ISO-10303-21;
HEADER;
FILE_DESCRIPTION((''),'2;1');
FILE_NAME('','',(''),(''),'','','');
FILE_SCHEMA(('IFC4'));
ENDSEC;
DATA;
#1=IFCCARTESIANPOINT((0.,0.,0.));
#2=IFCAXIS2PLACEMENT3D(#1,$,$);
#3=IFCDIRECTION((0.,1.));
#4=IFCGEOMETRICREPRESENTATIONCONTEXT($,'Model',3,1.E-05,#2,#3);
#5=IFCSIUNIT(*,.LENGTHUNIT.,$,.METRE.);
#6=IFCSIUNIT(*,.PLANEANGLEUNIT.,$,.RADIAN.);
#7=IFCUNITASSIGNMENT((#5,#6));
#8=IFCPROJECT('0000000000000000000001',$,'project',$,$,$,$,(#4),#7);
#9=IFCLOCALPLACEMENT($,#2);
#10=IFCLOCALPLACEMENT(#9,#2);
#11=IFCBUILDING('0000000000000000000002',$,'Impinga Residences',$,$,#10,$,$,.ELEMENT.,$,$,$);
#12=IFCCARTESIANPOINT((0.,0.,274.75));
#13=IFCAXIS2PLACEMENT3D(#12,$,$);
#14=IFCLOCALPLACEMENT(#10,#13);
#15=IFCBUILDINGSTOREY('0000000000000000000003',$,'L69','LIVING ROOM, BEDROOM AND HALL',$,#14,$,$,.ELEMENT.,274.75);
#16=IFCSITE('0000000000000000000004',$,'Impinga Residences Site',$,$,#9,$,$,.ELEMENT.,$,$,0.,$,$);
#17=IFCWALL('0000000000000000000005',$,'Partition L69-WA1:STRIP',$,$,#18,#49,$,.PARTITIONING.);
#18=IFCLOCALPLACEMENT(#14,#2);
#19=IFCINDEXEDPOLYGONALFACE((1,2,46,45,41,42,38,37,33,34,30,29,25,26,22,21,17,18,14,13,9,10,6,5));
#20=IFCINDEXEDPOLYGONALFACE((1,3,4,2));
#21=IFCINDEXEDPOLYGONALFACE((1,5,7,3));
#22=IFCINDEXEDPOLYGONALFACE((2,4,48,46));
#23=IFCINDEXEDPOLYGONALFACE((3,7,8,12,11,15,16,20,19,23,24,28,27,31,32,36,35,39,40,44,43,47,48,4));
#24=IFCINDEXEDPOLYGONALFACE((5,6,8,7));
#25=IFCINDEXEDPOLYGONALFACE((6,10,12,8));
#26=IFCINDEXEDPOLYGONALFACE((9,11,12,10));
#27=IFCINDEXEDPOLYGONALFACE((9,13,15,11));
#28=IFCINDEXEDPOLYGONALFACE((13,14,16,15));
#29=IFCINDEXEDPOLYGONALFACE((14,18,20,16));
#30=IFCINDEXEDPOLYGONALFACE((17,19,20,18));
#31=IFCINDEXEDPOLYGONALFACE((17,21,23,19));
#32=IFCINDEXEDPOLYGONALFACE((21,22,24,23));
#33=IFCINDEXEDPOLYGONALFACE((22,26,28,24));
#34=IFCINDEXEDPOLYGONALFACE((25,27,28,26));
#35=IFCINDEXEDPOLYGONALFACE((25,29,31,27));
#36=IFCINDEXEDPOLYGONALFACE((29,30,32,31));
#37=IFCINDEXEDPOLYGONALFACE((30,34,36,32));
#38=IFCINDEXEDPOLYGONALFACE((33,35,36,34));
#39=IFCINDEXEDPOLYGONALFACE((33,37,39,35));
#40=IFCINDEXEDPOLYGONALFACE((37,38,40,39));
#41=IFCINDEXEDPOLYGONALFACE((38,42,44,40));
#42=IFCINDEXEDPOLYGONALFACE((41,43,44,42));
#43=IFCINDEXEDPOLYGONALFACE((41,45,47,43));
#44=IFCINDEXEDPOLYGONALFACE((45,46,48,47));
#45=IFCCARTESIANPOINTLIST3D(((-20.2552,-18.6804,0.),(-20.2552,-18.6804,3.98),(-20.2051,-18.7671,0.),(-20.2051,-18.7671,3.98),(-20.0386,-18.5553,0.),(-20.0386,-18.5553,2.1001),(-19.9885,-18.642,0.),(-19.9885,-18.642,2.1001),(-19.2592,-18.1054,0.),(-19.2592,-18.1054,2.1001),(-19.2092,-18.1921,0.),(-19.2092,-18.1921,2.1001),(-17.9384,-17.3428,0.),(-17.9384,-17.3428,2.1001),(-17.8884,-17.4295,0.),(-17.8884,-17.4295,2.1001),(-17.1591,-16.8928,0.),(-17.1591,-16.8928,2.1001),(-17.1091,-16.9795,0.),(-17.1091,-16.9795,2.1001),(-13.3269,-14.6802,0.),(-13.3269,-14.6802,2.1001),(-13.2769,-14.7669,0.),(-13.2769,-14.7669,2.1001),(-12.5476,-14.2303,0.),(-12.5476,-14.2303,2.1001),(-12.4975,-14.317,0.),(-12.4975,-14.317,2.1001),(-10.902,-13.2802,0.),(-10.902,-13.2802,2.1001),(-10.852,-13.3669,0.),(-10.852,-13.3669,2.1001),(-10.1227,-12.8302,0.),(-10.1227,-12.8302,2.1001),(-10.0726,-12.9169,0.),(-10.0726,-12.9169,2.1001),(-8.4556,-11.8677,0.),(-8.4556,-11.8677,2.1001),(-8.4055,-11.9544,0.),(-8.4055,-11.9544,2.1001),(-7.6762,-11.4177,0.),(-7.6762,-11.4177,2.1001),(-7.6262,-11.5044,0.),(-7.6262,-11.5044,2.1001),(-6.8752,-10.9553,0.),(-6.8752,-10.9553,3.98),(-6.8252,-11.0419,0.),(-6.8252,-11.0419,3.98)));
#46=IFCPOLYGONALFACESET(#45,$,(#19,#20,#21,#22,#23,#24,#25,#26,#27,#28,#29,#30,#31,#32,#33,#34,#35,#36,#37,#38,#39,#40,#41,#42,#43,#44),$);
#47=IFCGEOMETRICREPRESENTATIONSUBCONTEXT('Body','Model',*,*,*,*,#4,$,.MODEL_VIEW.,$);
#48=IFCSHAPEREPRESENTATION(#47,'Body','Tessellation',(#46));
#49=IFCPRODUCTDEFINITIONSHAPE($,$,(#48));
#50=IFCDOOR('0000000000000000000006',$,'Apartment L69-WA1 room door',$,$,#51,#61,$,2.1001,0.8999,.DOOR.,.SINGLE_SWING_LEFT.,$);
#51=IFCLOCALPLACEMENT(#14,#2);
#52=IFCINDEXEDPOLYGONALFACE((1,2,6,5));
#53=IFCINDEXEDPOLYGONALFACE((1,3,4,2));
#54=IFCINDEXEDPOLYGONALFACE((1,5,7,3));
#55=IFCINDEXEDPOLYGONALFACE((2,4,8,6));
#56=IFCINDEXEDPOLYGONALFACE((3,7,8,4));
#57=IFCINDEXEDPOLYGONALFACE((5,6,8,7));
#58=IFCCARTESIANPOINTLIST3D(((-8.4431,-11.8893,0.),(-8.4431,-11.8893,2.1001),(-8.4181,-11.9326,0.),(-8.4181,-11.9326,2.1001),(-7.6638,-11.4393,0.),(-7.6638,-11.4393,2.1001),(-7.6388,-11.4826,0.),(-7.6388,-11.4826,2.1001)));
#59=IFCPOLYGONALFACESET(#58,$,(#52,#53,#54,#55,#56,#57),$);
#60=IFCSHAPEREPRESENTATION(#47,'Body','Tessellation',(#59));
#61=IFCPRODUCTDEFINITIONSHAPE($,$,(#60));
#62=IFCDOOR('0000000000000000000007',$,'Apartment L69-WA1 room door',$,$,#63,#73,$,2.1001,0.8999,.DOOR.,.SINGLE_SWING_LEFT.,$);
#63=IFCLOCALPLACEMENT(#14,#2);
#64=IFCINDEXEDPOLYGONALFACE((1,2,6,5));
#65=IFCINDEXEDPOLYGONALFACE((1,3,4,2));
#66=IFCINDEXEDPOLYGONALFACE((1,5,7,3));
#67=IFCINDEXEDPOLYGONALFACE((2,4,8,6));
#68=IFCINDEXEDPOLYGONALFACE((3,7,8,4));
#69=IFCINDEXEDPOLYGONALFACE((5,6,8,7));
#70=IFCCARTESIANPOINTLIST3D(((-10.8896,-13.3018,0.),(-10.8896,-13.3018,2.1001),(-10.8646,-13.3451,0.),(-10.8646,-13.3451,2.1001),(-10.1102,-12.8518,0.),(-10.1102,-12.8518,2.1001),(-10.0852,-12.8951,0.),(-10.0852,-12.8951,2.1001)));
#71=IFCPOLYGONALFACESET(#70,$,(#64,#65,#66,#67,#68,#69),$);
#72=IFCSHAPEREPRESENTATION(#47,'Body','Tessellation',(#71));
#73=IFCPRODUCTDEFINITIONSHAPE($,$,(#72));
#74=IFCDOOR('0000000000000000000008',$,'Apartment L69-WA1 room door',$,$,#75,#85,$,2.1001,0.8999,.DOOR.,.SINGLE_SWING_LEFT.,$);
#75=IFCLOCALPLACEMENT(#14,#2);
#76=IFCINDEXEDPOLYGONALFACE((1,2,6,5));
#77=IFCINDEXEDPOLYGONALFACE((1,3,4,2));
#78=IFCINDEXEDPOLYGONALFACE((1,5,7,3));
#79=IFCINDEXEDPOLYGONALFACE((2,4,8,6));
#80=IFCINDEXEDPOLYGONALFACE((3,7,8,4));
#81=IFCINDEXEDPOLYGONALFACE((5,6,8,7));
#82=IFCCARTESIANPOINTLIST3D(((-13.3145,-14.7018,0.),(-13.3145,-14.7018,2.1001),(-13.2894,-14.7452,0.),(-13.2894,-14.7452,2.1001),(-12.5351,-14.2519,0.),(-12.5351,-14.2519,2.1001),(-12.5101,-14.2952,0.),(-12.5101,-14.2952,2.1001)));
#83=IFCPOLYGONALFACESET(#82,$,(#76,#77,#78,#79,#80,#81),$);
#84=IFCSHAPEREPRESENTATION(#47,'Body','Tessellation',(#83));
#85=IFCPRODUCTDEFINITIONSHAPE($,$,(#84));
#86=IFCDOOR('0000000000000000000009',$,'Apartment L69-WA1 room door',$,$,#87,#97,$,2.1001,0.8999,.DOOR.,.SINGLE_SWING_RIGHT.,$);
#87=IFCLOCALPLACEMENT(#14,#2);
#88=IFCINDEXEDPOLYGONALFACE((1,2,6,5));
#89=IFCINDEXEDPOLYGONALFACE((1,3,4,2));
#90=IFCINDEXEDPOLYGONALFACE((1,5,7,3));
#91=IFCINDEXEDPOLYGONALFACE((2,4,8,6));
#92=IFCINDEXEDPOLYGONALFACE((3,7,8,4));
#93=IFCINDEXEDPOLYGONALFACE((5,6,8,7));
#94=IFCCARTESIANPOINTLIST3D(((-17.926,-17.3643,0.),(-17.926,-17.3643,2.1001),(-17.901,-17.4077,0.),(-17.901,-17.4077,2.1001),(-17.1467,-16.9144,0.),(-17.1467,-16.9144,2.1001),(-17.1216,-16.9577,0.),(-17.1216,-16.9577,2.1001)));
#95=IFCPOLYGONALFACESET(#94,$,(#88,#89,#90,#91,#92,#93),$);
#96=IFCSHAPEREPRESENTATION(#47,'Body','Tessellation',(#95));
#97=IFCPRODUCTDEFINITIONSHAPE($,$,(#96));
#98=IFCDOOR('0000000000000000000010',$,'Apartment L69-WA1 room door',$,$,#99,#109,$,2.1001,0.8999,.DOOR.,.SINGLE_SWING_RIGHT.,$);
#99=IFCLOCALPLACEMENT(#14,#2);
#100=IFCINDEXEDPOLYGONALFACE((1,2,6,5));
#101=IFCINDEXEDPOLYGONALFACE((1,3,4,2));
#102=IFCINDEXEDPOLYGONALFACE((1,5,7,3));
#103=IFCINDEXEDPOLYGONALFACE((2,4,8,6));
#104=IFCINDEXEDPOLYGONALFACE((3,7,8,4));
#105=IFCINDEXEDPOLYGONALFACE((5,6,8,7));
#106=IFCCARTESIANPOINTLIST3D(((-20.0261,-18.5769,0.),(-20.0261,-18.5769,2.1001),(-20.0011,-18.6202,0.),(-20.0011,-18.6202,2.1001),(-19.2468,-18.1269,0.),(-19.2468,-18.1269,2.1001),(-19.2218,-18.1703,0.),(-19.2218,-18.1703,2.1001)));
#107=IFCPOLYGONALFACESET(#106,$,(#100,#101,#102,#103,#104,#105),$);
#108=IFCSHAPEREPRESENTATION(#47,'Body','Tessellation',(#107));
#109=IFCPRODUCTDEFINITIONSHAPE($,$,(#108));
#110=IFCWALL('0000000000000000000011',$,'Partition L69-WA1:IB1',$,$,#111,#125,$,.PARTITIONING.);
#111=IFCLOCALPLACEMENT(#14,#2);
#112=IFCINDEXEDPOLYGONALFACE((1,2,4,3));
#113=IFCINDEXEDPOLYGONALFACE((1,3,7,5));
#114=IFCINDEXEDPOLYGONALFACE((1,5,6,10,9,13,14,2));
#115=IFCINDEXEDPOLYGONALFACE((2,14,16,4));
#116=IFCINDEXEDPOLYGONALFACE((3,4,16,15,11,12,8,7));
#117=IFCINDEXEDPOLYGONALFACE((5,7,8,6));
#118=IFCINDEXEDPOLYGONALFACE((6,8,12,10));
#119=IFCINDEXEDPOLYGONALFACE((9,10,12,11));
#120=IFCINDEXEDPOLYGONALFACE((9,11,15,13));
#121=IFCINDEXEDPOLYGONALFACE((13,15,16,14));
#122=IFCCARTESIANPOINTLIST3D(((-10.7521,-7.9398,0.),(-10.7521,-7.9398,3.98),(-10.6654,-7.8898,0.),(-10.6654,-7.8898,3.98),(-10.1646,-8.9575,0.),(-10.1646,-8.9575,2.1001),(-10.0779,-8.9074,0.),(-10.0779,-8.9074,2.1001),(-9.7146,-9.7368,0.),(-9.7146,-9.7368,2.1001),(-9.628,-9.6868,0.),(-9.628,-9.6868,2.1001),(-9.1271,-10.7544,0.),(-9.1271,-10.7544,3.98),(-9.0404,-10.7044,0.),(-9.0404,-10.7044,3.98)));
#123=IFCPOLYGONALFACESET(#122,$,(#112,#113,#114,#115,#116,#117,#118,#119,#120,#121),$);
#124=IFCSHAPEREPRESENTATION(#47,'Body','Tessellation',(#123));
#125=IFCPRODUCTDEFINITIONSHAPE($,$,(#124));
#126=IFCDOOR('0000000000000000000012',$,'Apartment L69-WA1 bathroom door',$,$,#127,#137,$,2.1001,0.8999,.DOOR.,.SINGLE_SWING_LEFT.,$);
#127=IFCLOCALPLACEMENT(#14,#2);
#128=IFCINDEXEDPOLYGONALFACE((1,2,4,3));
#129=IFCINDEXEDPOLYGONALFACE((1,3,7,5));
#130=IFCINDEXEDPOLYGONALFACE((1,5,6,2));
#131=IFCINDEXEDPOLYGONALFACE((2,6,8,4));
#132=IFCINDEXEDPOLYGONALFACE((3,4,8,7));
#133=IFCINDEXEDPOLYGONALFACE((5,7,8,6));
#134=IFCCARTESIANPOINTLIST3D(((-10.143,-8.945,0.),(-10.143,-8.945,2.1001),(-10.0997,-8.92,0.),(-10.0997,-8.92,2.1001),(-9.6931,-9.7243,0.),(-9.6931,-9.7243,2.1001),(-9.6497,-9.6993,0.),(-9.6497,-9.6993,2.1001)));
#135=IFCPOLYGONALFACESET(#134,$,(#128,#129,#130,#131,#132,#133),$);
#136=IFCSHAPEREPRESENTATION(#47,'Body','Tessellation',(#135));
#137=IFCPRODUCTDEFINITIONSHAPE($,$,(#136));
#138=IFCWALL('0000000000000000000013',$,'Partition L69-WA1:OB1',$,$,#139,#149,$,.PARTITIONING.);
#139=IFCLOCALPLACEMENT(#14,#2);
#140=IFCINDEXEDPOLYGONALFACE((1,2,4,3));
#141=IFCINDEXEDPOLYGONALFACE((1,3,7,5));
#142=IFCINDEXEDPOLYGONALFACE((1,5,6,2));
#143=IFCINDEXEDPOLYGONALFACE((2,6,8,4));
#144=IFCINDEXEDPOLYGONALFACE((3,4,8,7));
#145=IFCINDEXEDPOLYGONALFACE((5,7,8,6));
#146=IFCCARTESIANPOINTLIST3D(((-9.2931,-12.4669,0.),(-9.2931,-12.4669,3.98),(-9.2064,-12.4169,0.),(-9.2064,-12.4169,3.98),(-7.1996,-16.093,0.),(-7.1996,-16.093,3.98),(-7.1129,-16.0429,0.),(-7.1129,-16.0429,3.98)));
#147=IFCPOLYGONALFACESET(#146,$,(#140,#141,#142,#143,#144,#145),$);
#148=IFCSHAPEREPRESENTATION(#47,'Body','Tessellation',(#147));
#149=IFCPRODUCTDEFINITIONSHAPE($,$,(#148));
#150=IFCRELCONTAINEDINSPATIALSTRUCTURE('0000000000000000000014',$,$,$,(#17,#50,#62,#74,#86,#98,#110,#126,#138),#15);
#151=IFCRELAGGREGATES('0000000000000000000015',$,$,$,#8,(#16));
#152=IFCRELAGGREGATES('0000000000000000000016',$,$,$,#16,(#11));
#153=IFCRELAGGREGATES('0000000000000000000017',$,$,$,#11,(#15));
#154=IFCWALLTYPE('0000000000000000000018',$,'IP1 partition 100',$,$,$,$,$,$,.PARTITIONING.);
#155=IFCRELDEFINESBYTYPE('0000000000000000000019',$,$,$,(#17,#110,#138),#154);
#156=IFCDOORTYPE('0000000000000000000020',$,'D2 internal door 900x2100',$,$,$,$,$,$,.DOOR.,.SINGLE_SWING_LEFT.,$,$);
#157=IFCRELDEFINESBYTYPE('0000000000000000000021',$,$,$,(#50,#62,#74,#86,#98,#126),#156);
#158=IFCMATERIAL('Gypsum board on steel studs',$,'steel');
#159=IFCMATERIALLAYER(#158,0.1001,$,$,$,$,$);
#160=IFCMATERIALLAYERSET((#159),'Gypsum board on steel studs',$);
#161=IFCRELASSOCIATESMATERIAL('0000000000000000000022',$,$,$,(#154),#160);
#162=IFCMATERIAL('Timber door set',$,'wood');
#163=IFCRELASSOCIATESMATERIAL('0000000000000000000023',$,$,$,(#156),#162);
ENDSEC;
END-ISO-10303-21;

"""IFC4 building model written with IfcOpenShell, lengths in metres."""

from ifc_helpers import new_model, si_unit, direction, frame, frame_2d, origin, place, context, subcontext, project, spatial, rectangle, extrude, material, layer, layer_set, type_object, element, fill, save


model = new_model("IFC4")

# Units and contexts
model_context = context("Model", 3, precision=1e-05, world=origin(), true_north=direction((0.0, 1.0)))
body_context = subcontext(model_context, "Body", "Model", "MODEL_VIEW")
ifc_project = project(units=[si_unit("LENGTHUNIT", "METRE"), si_unit("PLANEANGLEUNIT", "RADIAN")], contexts=[model_context])

# Site, building, storey
site_placement = place(None, origin())
site = spatial("IfcSite", under=ifc_project, at=site_placement, Name="Impinga Residences Site", CompositionType="ELEMENT", RefElevation=0.0)
building_placement = place(site_placement, origin())
building = spatial("IfcBuilding", under=site, at=building_placement, Name="Impinga Residences", CompositionType="ELEMENT")
storey_placement = place(building_placement, frame((0.0, 0.0, 274.75)))
storey = spatial("IfcBuildingStorey", under=building, at=storey_placement, Name="L69", Description="LIVING ROOM, BEDROOM AND HALL", CompositionType="ELEMENT", Elevation=274.75)

# Shared definitions
ifc_material_1 = material(Name="Timber door set", Category="wood")

# Shared definitions
ifc_material_2 = material(Name="Gypsum board on steel studs", Category="steel")
ifc_layer_1 = layer(ifc_material_2, 0.1001)
ifc_layer_set_1 = layer_set([ifc_layer_1], Name="Gypsum board on steel studs")
wall_type_1 = type_object("IfcWallType", Name="IP1 partition 100", PredefinedType="PARTITIONING", material=ifc_layer_set_1)

# Wall, openings, doors
wall_1_placement = place(storey_placement, frame((-6.8501, -10.9985, 0.0), z_axis=(0.0, 0.0, 1.0), x_axis=(-0.866019, -0.500011, 0.0)))
wall_1 = element("IfcWall", 1, at=wall_1_placement, inside=storey, type_object=wall_type_1, Name="Partition L69-WA1:STRIP", PredefinedType="PARTITIONING", context=body_context, shape_type="SweptSolid", body=[
    extrude(rectangle(XDim=15.45, YDim=0.1001, at=frame_2d((7.7251, 0.0))), origin(), (0.0, 0.0, 1.0), 3.98),
])
opening_1_placement = place(wall_1_placement, frame((0.925, 0.0, 0.0)))
opening_1 = element("IfcOpeningElement", 2, at=opening_1_placement, cuts=wall_1, PredefinedType="OPENING", context=body_context, shape_type="SweptSolid", body=[
    extrude(rectangle(XDim=0.8999, YDim=2.1001, at=frame_2d((0.45, 1.05))), frame((0.0, 0.0601, 0.0), z_axis=(0.0, -1.0, 0.0), x_axis=(1.0, 0.0, 0.0)), (0.0, 0.0, 1.0), 0.1201),
])
opening_2_placement = place(wall_1_placement, frame((3.75, 0.0, 0.0)))
opening_2 = element("IfcOpeningElement", 3, at=opening_2_placement, cuts=wall_1, PredefinedType="OPENING", context=body_context, shape_type="SweptSolid", body=[
    extrude(rectangle(XDim=0.8999, YDim=2.1001, at=frame_2d((0.45, 1.05))), frame((0.0, 0.0601, 0.0), z_axis=(0.0, -1.0, 0.0), x_axis=(1.0, 0.0, 0.0)), (0.0, 0.0, 1.0), 0.1201),
])
opening_3_placement = place(wall_1_placement, frame((6.55, 0.0, 0.0)))
opening_3 = element("IfcOpeningElement", 4, at=opening_3_placement, cuts=wall_1, PredefinedType="OPENING", context=body_context, shape_type="SweptSolid", body=[
    extrude(rectangle(XDim=0.8999, YDim=2.1001, at=frame_2d((0.45, 1.05))), frame((0.0, 0.0601, 0.0), z_axis=(0.0, -1.0, 0.0), x_axis=(1.0, 0.0, 0.0)), (0.0, 0.0, 1.0), 0.1201),
])
opening_4_placement = place(wall_1_placement, frame((11.875, 0.0, 0.0)))
opening_4 = element("IfcOpeningElement", 5, at=opening_4_placement, cuts=wall_1, PredefinedType="OPENING", context=body_context, shape_type="SweptSolid", body=[
    extrude(rectangle(XDim=0.8999, YDim=2.1001, at=frame_2d((0.45, 1.05))), frame((0.0, 0.0601, 0.0), z_axis=(0.0, -1.0, 0.0), x_axis=(1.0, 0.0, 0.0)), (0.0, 0.0, 1.0), 0.1201),
])
opening_5_placement = place(wall_1_placement, frame((14.3, 0.0, 0.0)))
opening_5 = element("IfcOpeningElement", 6, at=opening_5_placement, cuts=wall_1, PredefinedType="OPENING", context=body_context, shape_type="SweptSolid", body=[
    extrude(rectangle(XDim=0.8999, YDim=2.1001, at=frame_2d((0.45, 1.05))), frame((0.0, 0.0601, 0.0), z_axis=(0.0, -1.0, 0.0), x_axis=(1.0, 0.0, 0.0)), (0.0, 0.0, 1.0), 0.1201),
])
door_type_1 = type_object("IfcDoorType", Name="D2 internal door 900x2100", OperationType="SINGLE_SWING_LEFT", PredefinedType="DOOR", material=ifc_material_1)
door_1_placement = place(opening_1_placement, origin())
door_1 = element("IfcDoor", 7, at=door_1_placement, inside=storey, type_object=door_type_1, Name="Apartment L69-WA1 room door", OperationType="SINGLE_SWING_LEFT", OverallHeight=2.1001, OverallWidth=0.8999, PredefinedType="DOOR", context=body_context, shape_type="SweptSolid", body=[
    extrude(rectangle(XDim=0.8999, YDim=2.1001, at=frame_2d((0.45, 1.05))), frame((0.0, 0.0249, 0.0), z_axis=(0.0, -1.0, 0.0), x_axis=(1.0, 0.0, 0.0)), (0.0, 0.0, 1.0), 0.05),
])
fill(opening_1, door_1)
door_2_placement = place(opening_2_placement, origin())
door_2 = element("IfcDoor", 8, at=door_2_placement, inside=storey, type_object=door_type_1, Name="Apartment L69-WA1 room door", OperationType="SINGLE_SWING_LEFT", OverallHeight=2.1001, OverallWidth=0.8999, PredefinedType="DOOR", context=body_context, shape_type="SweptSolid", body=[
    extrude(rectangle(XDim=0.8999, YDim=2.1001, at=frame_2d((0.45, 1.05))), frame((0.0, 0.0249, 0.0), z_axis=(0.0, -1.0, 0.0), x_axis=(1.0, 0.0, 0.0)), (0.0, 0.0, 1.0), 0.05),
])
fill(opening_2, door_2)
door_3_placement = place(opening_3_placement, origin())
door_3 = element("IfcDoor", 9, at=door_3_placement, inside=storey, type_object=door_type_1, Name="Apartment L69-WA1 room door", OperationType="SINGLE_SWING_LEFT", OverallHeight=2.1001, OverallWidth=0.8999, PredefinedType="DOOR", context=body_context, shape_type="SweptSolid", body=[
    extrude(rectangle(XDim=0.8999, YDim=2.1001, at=frame_2d((0.45, 1.05))), frame((0.0, 0.0249, 0.0), z_axis=(0.0, -1.0, 0.0), x_axis=(1.0, 0.0, 0.0)), (0.0, 0.0, 1.0), 0.05),
])
fill(opening_3, door_3)
door_4_placement = place(opening_4_placement, origin())
door_4 = element("IfcDoor", 10, at=door_4_placement, inside=storey, type_object=door_type_1, Name="Apartment L69-WA1 room door", OperationType="SINGLE_SWING_RIGHT", OverallHeight=2.1001, OverallWidth=0.8999, PredefinedType="DOOR", context=body_context, shape_type="SweptSolid", body=[
    extrude(rectangle(XDim=0.8999, YDim=2.1001, at=frame_2d((0.45, 1.05))), frame((0.0, 0.0249, 0.0), z_axis=(0.0, -1.0, 0.0), x_axis=(1.0, 0.0, 0.0)), (0.0, 0.0, 1.0), 0.05),
])
fill(opening_4, door_4)
door_5_placement = place(opening_5_placement, origin())
door_5 = element("IfcDoor", 11, at=door_5_placement, inside=storey, type_object=door_type_1, Name="Apartment L69-WA1 room door", OperationType="SINGLE_SWING_RIGHT", OverallHeight=2.1001, OverallWidth=0.8999, PredefinedType="DOOR", context=body_context, shape_type="SweptSolid", body=[
    extrude(rectangle(XDim=0.8999, YDim=2.1001, at=frame_2d((0.45, 1.05))), frame((0.0, 0.0249, 0.0), z_axis=(0.0, -1.0, 0.0), x_axis=(1.0, 0.0, 0.0)), (0.0, 0.0, 1.0), 0.05),
])
fill(opening_5, door_5)

# Wall, opening, door
wall_2_placement = place(storey_placement, frame((-10.7087, -7.9148, 0.0), z_axis=(0.0, 0.0, 1.0), x_axis=(0.499985, -0.866034, 0.0)))
wall_2 = element("IfcWall", 12, at=wall_2_placement, inside=storey, type_object=wall_type_1, Name="Partition L69-WA1:IB1", PredefinedType="PARTITIONING", context=body_context, shape_type="SweptSolid", body=[
    extrude(rectangle(XDim=3.25, YDim=0.1001, at=frame_2d((1.625, 0.0))), origin(), (0.0, 0.0, 1.0), 3.98),
])
opening_6_placement = place(wall_2_placement, frame((1.175, 0.0, 0.0)))
opening_6 = element("IfcOpeningElement", 13, at=opening_6_placement, cuts=wall_2, PredefinedType="OPENING", context=body_context, shape_type="SweptSolid", body=[
    extrude(rectangle(XDim=0.8999, YDim=2.1001, at=frame_2d((0.45, 1.05))), frame((0.0, 0.0601, 0.0), z_axis=(0.0, -1.0, 0.0), x_axis=(1.0, 0.0, 0.0)), (0.0, 0.0, 1.0), 0.1201),
])
door_6_placement = place(opening_6_placement, origin())
door_6 = element("IfcDoor", 14, at=door_6_placement, inside=storey, type_object=door_type_1, Name="Apartment L69-WA1 bathroom door", OperationType="SINGLE_SWING_LEFT", OverallHeight=2.1001, OverallWidth=0.8999, PredefinedType="DOOR", context=body_context, shape_type="SweptSolid", body=[
    extrude(rectangle(XDim=0.8999, YDim=2.1001, at=frame_2d((0.45, 1.05))), frame((0.0, 0.0249, 0.0), z_axis=(0.0, -1.0, 0.0), x_axis=(1.0, 0.0, 0.0)), (0.0, 0.0, 1.0), 0.05),
])
fill(opening_6, door_6)

# Wall
wall_3_placement = place(storey_placement, frame((-9.2498, -12.4419, 0.0), z_axis=(0.0, 0.0, 1.0), x_axis=(0.500008, -0.866021, 0.0)))
element("IfcWall", 15, at=wall_3_placement, inside=storey, type_object=wall_type_1, Name="Partition L69-WA1:OB1", PredefinedType="PARTITIONING", context=body_context, shape_type="SweptSolid", body=[
    extrude(rectangle(XDim=4.187, YDim=0.1001, at=frame_2d((2.0935, 0.0))), origin(), (0.0, 0.0, 1.0), 3.98),
])

save(model, "model.ifc")
